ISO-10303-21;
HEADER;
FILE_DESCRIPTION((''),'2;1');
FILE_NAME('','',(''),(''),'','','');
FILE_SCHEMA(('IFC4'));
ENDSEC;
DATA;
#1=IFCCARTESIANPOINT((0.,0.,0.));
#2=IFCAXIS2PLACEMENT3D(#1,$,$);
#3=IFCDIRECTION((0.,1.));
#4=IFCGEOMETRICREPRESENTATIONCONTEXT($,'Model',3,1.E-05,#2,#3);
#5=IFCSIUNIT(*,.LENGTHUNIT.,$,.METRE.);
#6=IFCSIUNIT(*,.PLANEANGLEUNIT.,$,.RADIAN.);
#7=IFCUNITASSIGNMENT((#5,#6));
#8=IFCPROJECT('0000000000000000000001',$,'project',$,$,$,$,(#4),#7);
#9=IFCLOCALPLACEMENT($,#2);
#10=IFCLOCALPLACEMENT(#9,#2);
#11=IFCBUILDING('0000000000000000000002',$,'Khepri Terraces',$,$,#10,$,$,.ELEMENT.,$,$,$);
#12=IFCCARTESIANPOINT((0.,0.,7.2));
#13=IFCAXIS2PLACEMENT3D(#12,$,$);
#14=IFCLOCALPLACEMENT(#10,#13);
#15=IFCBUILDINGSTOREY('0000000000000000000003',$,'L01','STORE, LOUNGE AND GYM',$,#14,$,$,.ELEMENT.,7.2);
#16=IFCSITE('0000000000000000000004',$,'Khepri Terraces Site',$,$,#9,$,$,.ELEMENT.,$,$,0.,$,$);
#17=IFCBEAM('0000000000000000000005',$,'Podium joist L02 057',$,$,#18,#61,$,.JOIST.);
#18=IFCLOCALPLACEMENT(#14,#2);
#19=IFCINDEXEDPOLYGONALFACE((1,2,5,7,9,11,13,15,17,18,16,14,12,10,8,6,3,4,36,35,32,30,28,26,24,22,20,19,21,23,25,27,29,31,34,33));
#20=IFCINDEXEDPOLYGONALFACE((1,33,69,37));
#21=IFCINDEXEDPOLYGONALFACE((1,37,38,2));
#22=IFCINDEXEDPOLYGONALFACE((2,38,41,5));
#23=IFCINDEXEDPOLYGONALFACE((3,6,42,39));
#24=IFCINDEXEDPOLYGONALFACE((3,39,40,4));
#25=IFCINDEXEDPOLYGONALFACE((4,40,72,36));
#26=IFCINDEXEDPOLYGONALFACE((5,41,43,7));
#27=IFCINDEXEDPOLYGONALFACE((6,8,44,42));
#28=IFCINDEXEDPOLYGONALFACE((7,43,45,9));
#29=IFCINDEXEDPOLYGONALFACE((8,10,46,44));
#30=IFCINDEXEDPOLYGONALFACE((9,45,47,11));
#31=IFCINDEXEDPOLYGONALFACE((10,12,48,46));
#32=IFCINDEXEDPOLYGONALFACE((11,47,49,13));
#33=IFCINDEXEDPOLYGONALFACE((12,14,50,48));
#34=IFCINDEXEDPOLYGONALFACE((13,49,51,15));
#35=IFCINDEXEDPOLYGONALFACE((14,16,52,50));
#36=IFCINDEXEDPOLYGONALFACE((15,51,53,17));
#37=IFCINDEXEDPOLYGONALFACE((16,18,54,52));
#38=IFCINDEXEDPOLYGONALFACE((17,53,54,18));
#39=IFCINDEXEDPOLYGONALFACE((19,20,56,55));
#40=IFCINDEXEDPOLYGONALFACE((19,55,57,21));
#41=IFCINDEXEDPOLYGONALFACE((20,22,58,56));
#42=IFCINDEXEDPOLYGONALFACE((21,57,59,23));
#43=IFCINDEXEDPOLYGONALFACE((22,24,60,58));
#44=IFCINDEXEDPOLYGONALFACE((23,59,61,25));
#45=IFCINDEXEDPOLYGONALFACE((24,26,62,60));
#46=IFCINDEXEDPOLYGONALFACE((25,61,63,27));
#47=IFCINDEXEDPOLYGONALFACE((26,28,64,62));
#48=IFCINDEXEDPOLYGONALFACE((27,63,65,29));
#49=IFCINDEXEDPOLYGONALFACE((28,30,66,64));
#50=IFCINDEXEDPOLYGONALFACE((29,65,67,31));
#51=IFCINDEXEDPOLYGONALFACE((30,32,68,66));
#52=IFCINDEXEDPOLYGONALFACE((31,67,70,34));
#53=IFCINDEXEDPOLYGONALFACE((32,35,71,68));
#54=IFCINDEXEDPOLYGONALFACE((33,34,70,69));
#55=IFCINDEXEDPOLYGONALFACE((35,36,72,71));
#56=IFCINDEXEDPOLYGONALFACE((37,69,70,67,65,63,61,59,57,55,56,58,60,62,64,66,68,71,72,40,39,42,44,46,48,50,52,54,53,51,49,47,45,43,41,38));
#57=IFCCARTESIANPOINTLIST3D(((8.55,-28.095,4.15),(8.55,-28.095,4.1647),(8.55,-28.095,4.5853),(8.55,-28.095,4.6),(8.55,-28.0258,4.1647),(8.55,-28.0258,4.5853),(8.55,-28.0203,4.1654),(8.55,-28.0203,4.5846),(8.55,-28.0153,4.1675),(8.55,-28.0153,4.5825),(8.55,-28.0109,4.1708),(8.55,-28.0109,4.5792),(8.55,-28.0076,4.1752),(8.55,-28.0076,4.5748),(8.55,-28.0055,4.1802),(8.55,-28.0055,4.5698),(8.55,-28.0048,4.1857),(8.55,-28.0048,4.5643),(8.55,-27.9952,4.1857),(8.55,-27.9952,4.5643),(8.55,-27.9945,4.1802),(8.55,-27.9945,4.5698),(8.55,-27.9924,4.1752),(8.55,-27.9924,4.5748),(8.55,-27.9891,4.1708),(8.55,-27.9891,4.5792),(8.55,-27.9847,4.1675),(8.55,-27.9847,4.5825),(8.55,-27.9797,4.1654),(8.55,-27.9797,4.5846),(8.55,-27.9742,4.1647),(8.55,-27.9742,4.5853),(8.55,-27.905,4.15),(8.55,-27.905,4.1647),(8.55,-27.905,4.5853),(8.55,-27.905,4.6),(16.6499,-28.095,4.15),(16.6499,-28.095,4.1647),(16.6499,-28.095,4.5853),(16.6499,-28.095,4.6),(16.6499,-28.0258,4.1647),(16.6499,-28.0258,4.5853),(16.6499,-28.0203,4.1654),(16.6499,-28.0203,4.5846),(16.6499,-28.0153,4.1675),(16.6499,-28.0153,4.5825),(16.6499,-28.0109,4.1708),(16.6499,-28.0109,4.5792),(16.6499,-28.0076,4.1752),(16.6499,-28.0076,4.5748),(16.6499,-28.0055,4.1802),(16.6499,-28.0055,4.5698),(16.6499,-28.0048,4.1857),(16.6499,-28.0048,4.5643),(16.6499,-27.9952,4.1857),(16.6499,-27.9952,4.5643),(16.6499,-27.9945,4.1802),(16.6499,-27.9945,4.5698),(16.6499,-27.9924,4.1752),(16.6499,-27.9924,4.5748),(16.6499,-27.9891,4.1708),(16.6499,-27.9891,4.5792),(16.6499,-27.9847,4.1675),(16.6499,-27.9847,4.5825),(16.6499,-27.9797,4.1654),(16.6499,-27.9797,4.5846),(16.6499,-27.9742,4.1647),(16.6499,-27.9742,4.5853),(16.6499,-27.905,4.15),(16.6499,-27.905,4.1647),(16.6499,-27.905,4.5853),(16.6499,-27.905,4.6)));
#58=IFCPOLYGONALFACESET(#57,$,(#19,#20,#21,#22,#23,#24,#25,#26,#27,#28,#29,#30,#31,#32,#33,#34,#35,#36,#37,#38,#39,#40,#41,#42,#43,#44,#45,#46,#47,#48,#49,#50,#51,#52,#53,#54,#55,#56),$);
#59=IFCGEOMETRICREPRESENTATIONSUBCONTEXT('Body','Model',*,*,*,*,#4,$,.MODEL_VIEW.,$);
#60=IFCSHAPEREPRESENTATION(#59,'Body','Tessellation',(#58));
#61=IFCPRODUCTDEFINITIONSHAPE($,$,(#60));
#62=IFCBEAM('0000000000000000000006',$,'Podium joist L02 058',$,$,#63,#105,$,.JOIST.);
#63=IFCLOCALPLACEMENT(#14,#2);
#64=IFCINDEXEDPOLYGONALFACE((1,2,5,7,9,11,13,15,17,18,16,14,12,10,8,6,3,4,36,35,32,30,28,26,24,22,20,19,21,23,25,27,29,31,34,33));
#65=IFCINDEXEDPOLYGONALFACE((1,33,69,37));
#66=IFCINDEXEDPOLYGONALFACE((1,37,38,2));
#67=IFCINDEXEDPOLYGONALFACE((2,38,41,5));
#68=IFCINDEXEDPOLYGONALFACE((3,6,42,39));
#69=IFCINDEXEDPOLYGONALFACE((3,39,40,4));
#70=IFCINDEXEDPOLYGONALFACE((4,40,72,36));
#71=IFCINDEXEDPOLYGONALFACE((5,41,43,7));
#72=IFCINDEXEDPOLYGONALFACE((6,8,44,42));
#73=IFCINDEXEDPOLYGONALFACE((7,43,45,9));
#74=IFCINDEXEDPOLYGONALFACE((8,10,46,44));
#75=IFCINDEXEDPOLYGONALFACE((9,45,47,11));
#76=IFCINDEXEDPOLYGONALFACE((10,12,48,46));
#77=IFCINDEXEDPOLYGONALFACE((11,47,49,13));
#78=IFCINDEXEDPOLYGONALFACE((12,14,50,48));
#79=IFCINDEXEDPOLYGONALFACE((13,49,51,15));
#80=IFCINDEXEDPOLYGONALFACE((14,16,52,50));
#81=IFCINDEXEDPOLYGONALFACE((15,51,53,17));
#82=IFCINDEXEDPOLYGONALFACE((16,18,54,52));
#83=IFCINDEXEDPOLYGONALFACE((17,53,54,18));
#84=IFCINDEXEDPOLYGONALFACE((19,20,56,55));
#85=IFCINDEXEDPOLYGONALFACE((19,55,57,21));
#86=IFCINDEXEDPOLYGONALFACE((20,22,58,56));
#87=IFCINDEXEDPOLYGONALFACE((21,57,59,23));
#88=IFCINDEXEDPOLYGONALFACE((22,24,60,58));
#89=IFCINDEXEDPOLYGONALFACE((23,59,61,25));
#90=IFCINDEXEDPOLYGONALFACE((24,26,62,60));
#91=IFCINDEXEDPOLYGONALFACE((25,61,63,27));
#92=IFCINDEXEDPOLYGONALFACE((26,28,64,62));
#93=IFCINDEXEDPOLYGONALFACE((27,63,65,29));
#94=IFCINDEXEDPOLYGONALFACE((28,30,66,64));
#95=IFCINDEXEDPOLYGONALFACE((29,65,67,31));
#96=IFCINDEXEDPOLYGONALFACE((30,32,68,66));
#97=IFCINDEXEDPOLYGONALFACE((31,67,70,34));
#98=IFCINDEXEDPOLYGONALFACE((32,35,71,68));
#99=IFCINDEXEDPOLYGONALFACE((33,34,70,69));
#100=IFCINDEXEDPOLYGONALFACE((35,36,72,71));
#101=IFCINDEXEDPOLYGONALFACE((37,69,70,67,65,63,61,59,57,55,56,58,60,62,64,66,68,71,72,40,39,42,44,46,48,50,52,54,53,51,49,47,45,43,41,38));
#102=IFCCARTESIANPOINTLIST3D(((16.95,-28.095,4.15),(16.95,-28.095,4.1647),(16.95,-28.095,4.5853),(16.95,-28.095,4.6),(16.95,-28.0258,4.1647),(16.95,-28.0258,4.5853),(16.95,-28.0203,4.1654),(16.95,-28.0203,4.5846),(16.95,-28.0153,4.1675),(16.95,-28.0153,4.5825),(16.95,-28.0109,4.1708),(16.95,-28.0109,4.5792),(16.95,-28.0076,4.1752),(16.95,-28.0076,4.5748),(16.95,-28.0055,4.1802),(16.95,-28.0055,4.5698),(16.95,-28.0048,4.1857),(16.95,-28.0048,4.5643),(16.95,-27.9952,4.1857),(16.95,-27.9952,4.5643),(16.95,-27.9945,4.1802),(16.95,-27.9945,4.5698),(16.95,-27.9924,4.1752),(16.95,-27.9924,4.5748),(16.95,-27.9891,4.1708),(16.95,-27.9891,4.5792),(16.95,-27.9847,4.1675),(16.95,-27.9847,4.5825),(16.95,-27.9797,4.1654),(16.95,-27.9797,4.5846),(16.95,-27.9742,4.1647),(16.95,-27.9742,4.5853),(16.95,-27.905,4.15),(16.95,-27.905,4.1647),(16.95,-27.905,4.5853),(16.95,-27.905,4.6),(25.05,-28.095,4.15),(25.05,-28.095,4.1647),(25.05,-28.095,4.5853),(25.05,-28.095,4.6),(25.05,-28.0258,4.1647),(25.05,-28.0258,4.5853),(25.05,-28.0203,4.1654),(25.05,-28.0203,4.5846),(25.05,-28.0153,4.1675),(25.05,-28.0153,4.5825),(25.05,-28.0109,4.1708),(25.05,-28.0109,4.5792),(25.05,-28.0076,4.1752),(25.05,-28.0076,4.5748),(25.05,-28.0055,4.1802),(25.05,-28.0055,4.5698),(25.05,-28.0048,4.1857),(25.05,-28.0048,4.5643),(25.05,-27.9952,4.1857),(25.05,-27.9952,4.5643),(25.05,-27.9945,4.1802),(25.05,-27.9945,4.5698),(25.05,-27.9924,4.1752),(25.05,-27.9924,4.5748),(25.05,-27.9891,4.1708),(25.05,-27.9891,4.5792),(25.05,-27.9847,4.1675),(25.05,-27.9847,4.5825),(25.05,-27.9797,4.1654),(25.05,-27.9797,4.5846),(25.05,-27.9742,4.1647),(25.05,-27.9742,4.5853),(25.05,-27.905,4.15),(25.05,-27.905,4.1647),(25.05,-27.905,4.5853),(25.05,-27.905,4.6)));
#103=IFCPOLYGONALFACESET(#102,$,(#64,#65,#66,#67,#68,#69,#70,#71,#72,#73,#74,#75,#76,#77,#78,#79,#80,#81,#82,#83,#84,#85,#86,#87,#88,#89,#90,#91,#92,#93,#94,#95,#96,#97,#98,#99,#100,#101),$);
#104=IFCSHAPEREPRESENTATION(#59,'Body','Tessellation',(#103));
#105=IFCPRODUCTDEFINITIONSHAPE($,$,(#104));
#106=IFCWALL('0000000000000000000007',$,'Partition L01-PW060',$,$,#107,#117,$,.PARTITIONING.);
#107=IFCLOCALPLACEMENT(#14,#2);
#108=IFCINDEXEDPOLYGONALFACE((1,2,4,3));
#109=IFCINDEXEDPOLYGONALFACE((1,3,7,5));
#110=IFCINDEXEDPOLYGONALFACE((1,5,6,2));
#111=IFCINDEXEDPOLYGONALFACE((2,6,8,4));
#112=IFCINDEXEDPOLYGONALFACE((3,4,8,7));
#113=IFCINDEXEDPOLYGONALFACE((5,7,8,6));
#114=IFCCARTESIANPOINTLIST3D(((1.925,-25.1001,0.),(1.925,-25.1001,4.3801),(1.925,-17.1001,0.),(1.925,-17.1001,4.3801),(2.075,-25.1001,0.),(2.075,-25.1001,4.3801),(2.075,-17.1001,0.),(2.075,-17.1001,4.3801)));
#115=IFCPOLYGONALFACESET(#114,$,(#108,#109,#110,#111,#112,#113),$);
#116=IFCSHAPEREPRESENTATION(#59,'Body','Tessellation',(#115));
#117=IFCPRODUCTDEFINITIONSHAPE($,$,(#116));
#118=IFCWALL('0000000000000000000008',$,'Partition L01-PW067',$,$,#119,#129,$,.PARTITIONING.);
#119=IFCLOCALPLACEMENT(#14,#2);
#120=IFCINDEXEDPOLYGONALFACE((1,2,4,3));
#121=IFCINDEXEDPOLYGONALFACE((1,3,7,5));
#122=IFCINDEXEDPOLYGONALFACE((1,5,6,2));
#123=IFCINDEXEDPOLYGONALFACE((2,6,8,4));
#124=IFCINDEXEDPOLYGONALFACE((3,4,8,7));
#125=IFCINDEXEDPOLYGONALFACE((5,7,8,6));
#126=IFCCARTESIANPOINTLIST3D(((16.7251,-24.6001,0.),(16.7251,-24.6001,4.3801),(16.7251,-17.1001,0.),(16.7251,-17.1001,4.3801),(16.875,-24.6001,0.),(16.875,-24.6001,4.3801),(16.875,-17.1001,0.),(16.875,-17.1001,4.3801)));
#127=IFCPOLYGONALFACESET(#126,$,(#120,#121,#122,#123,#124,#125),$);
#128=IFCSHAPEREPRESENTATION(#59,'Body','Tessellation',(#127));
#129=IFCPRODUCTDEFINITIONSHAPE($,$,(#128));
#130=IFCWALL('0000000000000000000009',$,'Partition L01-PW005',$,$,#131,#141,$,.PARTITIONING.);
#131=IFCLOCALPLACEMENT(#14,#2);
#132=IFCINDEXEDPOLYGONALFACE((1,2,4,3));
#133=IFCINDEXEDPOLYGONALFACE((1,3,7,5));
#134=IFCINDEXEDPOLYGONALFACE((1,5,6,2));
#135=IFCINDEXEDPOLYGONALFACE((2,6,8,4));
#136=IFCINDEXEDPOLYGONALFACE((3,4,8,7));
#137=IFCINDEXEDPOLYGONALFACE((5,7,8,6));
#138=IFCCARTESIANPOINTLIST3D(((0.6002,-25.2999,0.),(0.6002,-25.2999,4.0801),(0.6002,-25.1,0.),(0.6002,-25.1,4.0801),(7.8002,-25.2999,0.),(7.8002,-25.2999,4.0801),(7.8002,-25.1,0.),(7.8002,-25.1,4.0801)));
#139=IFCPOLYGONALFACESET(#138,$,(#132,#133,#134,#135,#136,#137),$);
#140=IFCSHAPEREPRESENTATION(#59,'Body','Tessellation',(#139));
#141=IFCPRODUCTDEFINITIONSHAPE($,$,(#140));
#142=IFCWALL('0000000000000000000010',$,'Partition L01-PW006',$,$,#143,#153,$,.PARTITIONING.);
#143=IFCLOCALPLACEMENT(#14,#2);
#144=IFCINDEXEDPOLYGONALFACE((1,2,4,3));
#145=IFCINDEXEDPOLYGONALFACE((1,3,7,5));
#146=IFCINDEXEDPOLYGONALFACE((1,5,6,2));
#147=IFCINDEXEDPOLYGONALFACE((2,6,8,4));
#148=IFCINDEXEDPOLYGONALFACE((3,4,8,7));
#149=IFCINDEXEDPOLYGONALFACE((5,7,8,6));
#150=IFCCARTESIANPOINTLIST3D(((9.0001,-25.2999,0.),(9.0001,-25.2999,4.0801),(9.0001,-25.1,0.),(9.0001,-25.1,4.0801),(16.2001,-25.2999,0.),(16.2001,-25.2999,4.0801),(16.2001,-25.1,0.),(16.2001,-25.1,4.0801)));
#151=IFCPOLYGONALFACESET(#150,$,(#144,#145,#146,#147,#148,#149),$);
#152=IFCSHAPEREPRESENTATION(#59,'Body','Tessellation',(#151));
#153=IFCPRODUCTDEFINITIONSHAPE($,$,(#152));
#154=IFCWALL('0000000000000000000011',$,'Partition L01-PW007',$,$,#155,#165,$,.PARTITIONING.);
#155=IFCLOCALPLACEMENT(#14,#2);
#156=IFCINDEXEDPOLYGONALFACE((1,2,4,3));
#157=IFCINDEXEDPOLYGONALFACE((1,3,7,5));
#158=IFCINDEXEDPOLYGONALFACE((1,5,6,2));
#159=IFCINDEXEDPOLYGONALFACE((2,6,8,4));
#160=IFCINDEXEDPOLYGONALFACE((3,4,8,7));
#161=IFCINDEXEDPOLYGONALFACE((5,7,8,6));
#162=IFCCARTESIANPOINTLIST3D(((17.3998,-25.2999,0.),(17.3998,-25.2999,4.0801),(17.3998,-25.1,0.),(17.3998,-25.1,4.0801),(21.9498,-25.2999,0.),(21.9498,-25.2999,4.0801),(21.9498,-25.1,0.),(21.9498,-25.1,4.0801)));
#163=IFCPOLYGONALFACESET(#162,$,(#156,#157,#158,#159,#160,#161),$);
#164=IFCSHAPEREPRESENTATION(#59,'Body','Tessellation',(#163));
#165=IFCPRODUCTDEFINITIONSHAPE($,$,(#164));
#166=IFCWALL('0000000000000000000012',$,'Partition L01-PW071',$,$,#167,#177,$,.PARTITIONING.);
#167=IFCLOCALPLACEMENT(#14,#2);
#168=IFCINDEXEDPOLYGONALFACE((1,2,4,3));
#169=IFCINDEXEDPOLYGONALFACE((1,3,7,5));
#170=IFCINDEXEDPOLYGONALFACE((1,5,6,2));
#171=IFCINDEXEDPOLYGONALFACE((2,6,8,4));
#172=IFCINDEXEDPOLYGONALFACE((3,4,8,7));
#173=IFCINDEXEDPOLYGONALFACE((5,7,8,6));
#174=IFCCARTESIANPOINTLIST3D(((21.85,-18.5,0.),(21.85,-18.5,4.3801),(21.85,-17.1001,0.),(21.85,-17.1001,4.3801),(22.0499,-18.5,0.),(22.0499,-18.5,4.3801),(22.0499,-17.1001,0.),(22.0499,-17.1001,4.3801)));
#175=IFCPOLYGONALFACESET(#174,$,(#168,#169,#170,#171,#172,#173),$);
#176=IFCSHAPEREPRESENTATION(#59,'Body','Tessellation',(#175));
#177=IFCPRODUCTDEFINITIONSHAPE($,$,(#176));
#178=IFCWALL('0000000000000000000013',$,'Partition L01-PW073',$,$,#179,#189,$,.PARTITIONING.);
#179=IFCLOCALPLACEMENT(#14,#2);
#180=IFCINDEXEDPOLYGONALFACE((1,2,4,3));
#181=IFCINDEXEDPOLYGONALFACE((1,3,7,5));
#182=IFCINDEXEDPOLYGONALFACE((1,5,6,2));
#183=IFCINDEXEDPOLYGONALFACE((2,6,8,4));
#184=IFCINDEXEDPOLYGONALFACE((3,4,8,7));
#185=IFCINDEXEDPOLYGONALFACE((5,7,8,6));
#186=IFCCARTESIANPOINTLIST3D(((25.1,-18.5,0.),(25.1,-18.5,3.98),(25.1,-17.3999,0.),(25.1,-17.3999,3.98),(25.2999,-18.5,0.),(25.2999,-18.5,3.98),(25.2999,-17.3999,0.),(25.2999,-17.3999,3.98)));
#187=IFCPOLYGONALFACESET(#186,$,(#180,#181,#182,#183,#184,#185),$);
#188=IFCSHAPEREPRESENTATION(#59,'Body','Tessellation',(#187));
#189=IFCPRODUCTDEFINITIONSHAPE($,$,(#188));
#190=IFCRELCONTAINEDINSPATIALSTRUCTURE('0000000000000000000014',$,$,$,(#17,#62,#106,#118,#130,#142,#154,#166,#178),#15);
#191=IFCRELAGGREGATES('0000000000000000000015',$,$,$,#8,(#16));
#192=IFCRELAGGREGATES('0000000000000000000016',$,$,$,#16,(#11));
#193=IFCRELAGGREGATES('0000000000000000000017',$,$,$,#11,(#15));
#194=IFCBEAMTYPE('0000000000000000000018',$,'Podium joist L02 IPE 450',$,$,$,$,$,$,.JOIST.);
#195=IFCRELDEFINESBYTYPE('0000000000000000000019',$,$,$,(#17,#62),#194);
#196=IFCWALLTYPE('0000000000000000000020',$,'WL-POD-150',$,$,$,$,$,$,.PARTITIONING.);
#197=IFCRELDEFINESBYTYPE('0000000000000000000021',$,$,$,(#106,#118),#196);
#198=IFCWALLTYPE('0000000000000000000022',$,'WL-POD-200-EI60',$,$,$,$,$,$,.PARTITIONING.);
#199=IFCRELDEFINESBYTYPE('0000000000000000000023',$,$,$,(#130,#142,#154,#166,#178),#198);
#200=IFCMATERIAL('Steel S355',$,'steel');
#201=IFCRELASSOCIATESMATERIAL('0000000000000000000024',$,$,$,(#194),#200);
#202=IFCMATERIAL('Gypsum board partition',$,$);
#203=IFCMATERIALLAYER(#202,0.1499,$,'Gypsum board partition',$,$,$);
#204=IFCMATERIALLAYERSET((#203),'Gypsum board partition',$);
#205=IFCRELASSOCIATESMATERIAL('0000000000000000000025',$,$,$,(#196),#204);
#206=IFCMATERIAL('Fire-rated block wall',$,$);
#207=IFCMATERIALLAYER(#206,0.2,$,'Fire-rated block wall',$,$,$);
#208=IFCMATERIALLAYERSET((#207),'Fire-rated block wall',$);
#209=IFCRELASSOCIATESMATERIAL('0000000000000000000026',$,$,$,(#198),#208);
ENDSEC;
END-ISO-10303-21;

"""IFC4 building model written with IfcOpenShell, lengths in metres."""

from ifc_helpers import new_model, si_unit, direction, frame, frame_2d, origin, origin_2d, place, context, subcontext, project, spatial, rectangle, i_section, extrude, material, layer, layer_set, material_profile, profile_set, type_object, element, save


model = new_model("IFC4")

# Units and contexts
model_context = context("Model", 3, precision=1e-05, world=origin(), true_north=direction((0.0, 1.0)))
body_context = subcontext(model_context, "Body", "Model", "MODEL_VIEW")
ifc_project = project(units=[si_unit("LENGTHUNIT", "METRE"), si_unit("PLANEANGLEUNIT", "RADIAN")], contexts=[model_context])

# Site, building, storey
site_placement = place(None, origin())
site = spatial("IfcSite", under=ifc_project, at=site_placement, Name="Khepri Terraces Site", CompositionType="ELEMENT", RefElevation=0.0)
building_placement = place(site_placement, origin())
building = spatial("IfcBuilding", under=site, at=building_placement, Name="Khepri Terraces", CompositionType="ELEMENT")
storey_placement = place(building_placement, frame((0.0, 0.0, 7.2)))
storey = spatial("IfcBuildingStorey", under=building, at=storey_placement, Name="L01", Description="STORE, LOUNGE AND GYM", CompositionType="ELEMENT", Elevation=7.2)

# Beams
ifc_material_1 = material(Name="Steel S355", Category="steel")
ifc_material_profile_1 = material_profile(ifc_material_1, i_section(OverallWidth=0.1899, OverallDepth=0.45, WebThickness=0.0095, FlangeThickness=0.0146, FilletRadius=0.021, at=origin_2d()), Name="Steel S355", Category="steel")
ifc_profile_set_1 = profile_set([ifc_material_profile_1], Name="Steel S355")
beam_type_1 = type_object("IfcBeamType", Name="Podium joist L02 IPE 450", PredefinedType="JOIST", material=ifc_profile_set_1)
beam_1_placement = place(storey_placement, frame((8.55, -28.0, 4.375), z_axis=(1.0, 0.0, 0.0), x_axis=(0.0, 1.0, 0.0)))
element("IfcBeam", 1, at=beam_1_placement, inside=storey, type_object=beam_type_1, Name="Podium joist L02 057", PredefinedType="JOIST", context=body_context, shape_type="SweptSolid", body=[
    extrude(i_section(OverallWidth=0.1899, OverallDepth=0.45, WebThickness=0.0095, FlangeThickness=0.0146, FilletRadius=0.021, at=origin_2d()), origin(), (0.0, 0.0, 1.0), 8.0999),
])
beam_2_placement = place(storey_placement, frame((16.95, -28.0, 4.375), z_axis=(1.0, 0.0, 0.0), x_axis=(0.0, 1.0, 0.0)))
element("IfcBeam", 2, at=beam_2_placement, inside=storey, type_object=beam_type_1, Name="Podium joist L02 058", PredefinedType="JOIST", context=body_context, shape_type="SweptSolid", body=[
    extrude(i_section(OverallWidth=0.1899, OverallDepth=0.45, WebThickness=0.0095, FlangeThickness=0.0146, FilletRadius=0.021, at=origin_2d()), origin(), (0.0, 0.0, 1.0), 8.1001),
])

# Walls
ifc_material_2 = material(Name="Gypsum board partition")
ifc_layer_1 = layer(ifc_material_2, 0.1499, Name="Gypsum board partition")
ifc_layer_set_1 = layer_set([ifc_layer_1], Name="Gypsum board partition")
wall_type_1 = type_object("IfcWallType", Name="WL-POD-150", PredefinedType="PARTITIONING", material=ifc_layer_set_1)
wall_1_placement = place(storey_placement, frame((2.0, -25.1001, 0.0), z_axis=(0.0, 0.0, 1.0), x_axis=(0.0, 1.0, 0.0)))
element("IfcWall", 3, at=wall_1_placement, inside=storey, type_object=wall_type_1, Name="Partition L01-PW060", PredefinedType="PARTITIONING", context=body_context, shape_type="SweptSolid", body=[
    extrude(rectangle(XDim=8.0, YDim=0.1499, at=frame_2d((4.0, 0.0))), origin(), (0.0, 0.0, 1.0), 4.3801),
])
wall_2_placement = place(storey_placement, frame((16.8, -24.6001, 0.0), z_axis=(0.0, 0.0, 1.0), x_axis=(0.0, 1.0, 0.0)))
element("IfcWall", 4, at=wall_2_placement, inside=storey, type_object=wall_type_1, Name="Partition L01-PW067", PredefinedType="PARTITIONING", context=body_context, shape_type="SweptSolid", body=[
    extrude(rectangle(XDim=7.5, YDim=0.1499, at=frame_2d((3.75, 0.0))), origin(), (0.0, 0.0, 1.0), 4.3801),
])
ifc_material_3 = material(Name="Fire-rated block wall")
ifc_layer_2 = layer(ifc_material_3, 0.2, Name="Fire-rated block wall")
ifc_layer_set_2 = layer_set([ifc_layer_2], Name="Fire-rated block wall")
wall_type_2 = type_object("IfcWallType", Name="WL-POD-200-EI60", PredefinedType="PARTITIONING", material=ifc_layer_set_2)
for number, where, z_axis, x_axis, name in (
    (5, (0.6001, -25.2, 0.0), (0.0, 0.0, 1.0), (1.0, 0.0, 0.0), "Partition L01-PW005"),
    (6, (9.0, -25.2, 0.0), (0.0, 0.0, 1.0), (1.0, 0.0, 0.0), "Partition L01-PW006"),
):
    element("IfcWall", number, at=place(storey_placement, frame(where, z_axis=z_axis, x_axis=x_axis)), inside=storey, type_object=wall_type_2, Name=name, PredefinedType="PARTITIONING", context=body_context, shape_type="SweptSolid", body=[
        extrude(rectangle(XDim=7.2, YDim=0.2, at=frame_2d((3.6001, 0.0))), origin(), (0.0, 0.0, 1.0), 4.0801),
    ])
wall_3_placement = place(storey_placement, frame((17.3999, -25.2, 0.0), z_axis=(0.0, 0.0, 1.0), x_axis=(1.0, 0.0, 0.0)))
element("IfcWall", 7, at=wall_3_placement, inside=storey, type_object=wall_type_2, Name="Partition L01-PW007", PredefinedType="PARTITIONING", context=body_context, shape_type="SweptSolid", body=[
    extrude(rectangle(XDim=4.55, YDim=0.2, at=frame_2d((2.2749, 0.0))), origin(), (0.0, 0.0, 1.0), 4.0801),
])
wall_4_placement = place(storey_placement, frame((21.95, -18.5, 0.0), z_axis=(0.0, 0.0, 1.0), x_axis=(0.0, 1.0, 0.0)))
element("IfcWall", 8, at=wall_4_placement, inside=storey, type_object=wall_type_2, Name="Partition L01-PW071", PredefinedType="PARTITIONING", context=body_context, shape_type="SweptSolid", body=[
    extrude(rectangle(XDim=1.3999, YDim=0.2, at=frame_2d((0.7, 0.0))), origin(), (0.0, 0.0, 1.0), 4.3801),
])
wall_5_placement = place(storey_placement, frame((25.2, -18.5, 0.0), z_axis=(0.0, 0.0, 1.0), x_axis=(0.0, 1.0, 0.0)))
element("IfcWall", 9, at=wall_5_placement, inside=storey, type_object=wall_type_2, Name="Partition L01-PW073", PredefinedType="PARTITIONING", context=body_context, shape_type="SweptSolid", body=[
    extrude(rectangle(XDim=1.1001, YDim=0.2, at=frame_2d((0.55, 0.0))), origin(), (0.0, 0.0, 1.0), 3.98),
])

save(model, "model.ifc")
